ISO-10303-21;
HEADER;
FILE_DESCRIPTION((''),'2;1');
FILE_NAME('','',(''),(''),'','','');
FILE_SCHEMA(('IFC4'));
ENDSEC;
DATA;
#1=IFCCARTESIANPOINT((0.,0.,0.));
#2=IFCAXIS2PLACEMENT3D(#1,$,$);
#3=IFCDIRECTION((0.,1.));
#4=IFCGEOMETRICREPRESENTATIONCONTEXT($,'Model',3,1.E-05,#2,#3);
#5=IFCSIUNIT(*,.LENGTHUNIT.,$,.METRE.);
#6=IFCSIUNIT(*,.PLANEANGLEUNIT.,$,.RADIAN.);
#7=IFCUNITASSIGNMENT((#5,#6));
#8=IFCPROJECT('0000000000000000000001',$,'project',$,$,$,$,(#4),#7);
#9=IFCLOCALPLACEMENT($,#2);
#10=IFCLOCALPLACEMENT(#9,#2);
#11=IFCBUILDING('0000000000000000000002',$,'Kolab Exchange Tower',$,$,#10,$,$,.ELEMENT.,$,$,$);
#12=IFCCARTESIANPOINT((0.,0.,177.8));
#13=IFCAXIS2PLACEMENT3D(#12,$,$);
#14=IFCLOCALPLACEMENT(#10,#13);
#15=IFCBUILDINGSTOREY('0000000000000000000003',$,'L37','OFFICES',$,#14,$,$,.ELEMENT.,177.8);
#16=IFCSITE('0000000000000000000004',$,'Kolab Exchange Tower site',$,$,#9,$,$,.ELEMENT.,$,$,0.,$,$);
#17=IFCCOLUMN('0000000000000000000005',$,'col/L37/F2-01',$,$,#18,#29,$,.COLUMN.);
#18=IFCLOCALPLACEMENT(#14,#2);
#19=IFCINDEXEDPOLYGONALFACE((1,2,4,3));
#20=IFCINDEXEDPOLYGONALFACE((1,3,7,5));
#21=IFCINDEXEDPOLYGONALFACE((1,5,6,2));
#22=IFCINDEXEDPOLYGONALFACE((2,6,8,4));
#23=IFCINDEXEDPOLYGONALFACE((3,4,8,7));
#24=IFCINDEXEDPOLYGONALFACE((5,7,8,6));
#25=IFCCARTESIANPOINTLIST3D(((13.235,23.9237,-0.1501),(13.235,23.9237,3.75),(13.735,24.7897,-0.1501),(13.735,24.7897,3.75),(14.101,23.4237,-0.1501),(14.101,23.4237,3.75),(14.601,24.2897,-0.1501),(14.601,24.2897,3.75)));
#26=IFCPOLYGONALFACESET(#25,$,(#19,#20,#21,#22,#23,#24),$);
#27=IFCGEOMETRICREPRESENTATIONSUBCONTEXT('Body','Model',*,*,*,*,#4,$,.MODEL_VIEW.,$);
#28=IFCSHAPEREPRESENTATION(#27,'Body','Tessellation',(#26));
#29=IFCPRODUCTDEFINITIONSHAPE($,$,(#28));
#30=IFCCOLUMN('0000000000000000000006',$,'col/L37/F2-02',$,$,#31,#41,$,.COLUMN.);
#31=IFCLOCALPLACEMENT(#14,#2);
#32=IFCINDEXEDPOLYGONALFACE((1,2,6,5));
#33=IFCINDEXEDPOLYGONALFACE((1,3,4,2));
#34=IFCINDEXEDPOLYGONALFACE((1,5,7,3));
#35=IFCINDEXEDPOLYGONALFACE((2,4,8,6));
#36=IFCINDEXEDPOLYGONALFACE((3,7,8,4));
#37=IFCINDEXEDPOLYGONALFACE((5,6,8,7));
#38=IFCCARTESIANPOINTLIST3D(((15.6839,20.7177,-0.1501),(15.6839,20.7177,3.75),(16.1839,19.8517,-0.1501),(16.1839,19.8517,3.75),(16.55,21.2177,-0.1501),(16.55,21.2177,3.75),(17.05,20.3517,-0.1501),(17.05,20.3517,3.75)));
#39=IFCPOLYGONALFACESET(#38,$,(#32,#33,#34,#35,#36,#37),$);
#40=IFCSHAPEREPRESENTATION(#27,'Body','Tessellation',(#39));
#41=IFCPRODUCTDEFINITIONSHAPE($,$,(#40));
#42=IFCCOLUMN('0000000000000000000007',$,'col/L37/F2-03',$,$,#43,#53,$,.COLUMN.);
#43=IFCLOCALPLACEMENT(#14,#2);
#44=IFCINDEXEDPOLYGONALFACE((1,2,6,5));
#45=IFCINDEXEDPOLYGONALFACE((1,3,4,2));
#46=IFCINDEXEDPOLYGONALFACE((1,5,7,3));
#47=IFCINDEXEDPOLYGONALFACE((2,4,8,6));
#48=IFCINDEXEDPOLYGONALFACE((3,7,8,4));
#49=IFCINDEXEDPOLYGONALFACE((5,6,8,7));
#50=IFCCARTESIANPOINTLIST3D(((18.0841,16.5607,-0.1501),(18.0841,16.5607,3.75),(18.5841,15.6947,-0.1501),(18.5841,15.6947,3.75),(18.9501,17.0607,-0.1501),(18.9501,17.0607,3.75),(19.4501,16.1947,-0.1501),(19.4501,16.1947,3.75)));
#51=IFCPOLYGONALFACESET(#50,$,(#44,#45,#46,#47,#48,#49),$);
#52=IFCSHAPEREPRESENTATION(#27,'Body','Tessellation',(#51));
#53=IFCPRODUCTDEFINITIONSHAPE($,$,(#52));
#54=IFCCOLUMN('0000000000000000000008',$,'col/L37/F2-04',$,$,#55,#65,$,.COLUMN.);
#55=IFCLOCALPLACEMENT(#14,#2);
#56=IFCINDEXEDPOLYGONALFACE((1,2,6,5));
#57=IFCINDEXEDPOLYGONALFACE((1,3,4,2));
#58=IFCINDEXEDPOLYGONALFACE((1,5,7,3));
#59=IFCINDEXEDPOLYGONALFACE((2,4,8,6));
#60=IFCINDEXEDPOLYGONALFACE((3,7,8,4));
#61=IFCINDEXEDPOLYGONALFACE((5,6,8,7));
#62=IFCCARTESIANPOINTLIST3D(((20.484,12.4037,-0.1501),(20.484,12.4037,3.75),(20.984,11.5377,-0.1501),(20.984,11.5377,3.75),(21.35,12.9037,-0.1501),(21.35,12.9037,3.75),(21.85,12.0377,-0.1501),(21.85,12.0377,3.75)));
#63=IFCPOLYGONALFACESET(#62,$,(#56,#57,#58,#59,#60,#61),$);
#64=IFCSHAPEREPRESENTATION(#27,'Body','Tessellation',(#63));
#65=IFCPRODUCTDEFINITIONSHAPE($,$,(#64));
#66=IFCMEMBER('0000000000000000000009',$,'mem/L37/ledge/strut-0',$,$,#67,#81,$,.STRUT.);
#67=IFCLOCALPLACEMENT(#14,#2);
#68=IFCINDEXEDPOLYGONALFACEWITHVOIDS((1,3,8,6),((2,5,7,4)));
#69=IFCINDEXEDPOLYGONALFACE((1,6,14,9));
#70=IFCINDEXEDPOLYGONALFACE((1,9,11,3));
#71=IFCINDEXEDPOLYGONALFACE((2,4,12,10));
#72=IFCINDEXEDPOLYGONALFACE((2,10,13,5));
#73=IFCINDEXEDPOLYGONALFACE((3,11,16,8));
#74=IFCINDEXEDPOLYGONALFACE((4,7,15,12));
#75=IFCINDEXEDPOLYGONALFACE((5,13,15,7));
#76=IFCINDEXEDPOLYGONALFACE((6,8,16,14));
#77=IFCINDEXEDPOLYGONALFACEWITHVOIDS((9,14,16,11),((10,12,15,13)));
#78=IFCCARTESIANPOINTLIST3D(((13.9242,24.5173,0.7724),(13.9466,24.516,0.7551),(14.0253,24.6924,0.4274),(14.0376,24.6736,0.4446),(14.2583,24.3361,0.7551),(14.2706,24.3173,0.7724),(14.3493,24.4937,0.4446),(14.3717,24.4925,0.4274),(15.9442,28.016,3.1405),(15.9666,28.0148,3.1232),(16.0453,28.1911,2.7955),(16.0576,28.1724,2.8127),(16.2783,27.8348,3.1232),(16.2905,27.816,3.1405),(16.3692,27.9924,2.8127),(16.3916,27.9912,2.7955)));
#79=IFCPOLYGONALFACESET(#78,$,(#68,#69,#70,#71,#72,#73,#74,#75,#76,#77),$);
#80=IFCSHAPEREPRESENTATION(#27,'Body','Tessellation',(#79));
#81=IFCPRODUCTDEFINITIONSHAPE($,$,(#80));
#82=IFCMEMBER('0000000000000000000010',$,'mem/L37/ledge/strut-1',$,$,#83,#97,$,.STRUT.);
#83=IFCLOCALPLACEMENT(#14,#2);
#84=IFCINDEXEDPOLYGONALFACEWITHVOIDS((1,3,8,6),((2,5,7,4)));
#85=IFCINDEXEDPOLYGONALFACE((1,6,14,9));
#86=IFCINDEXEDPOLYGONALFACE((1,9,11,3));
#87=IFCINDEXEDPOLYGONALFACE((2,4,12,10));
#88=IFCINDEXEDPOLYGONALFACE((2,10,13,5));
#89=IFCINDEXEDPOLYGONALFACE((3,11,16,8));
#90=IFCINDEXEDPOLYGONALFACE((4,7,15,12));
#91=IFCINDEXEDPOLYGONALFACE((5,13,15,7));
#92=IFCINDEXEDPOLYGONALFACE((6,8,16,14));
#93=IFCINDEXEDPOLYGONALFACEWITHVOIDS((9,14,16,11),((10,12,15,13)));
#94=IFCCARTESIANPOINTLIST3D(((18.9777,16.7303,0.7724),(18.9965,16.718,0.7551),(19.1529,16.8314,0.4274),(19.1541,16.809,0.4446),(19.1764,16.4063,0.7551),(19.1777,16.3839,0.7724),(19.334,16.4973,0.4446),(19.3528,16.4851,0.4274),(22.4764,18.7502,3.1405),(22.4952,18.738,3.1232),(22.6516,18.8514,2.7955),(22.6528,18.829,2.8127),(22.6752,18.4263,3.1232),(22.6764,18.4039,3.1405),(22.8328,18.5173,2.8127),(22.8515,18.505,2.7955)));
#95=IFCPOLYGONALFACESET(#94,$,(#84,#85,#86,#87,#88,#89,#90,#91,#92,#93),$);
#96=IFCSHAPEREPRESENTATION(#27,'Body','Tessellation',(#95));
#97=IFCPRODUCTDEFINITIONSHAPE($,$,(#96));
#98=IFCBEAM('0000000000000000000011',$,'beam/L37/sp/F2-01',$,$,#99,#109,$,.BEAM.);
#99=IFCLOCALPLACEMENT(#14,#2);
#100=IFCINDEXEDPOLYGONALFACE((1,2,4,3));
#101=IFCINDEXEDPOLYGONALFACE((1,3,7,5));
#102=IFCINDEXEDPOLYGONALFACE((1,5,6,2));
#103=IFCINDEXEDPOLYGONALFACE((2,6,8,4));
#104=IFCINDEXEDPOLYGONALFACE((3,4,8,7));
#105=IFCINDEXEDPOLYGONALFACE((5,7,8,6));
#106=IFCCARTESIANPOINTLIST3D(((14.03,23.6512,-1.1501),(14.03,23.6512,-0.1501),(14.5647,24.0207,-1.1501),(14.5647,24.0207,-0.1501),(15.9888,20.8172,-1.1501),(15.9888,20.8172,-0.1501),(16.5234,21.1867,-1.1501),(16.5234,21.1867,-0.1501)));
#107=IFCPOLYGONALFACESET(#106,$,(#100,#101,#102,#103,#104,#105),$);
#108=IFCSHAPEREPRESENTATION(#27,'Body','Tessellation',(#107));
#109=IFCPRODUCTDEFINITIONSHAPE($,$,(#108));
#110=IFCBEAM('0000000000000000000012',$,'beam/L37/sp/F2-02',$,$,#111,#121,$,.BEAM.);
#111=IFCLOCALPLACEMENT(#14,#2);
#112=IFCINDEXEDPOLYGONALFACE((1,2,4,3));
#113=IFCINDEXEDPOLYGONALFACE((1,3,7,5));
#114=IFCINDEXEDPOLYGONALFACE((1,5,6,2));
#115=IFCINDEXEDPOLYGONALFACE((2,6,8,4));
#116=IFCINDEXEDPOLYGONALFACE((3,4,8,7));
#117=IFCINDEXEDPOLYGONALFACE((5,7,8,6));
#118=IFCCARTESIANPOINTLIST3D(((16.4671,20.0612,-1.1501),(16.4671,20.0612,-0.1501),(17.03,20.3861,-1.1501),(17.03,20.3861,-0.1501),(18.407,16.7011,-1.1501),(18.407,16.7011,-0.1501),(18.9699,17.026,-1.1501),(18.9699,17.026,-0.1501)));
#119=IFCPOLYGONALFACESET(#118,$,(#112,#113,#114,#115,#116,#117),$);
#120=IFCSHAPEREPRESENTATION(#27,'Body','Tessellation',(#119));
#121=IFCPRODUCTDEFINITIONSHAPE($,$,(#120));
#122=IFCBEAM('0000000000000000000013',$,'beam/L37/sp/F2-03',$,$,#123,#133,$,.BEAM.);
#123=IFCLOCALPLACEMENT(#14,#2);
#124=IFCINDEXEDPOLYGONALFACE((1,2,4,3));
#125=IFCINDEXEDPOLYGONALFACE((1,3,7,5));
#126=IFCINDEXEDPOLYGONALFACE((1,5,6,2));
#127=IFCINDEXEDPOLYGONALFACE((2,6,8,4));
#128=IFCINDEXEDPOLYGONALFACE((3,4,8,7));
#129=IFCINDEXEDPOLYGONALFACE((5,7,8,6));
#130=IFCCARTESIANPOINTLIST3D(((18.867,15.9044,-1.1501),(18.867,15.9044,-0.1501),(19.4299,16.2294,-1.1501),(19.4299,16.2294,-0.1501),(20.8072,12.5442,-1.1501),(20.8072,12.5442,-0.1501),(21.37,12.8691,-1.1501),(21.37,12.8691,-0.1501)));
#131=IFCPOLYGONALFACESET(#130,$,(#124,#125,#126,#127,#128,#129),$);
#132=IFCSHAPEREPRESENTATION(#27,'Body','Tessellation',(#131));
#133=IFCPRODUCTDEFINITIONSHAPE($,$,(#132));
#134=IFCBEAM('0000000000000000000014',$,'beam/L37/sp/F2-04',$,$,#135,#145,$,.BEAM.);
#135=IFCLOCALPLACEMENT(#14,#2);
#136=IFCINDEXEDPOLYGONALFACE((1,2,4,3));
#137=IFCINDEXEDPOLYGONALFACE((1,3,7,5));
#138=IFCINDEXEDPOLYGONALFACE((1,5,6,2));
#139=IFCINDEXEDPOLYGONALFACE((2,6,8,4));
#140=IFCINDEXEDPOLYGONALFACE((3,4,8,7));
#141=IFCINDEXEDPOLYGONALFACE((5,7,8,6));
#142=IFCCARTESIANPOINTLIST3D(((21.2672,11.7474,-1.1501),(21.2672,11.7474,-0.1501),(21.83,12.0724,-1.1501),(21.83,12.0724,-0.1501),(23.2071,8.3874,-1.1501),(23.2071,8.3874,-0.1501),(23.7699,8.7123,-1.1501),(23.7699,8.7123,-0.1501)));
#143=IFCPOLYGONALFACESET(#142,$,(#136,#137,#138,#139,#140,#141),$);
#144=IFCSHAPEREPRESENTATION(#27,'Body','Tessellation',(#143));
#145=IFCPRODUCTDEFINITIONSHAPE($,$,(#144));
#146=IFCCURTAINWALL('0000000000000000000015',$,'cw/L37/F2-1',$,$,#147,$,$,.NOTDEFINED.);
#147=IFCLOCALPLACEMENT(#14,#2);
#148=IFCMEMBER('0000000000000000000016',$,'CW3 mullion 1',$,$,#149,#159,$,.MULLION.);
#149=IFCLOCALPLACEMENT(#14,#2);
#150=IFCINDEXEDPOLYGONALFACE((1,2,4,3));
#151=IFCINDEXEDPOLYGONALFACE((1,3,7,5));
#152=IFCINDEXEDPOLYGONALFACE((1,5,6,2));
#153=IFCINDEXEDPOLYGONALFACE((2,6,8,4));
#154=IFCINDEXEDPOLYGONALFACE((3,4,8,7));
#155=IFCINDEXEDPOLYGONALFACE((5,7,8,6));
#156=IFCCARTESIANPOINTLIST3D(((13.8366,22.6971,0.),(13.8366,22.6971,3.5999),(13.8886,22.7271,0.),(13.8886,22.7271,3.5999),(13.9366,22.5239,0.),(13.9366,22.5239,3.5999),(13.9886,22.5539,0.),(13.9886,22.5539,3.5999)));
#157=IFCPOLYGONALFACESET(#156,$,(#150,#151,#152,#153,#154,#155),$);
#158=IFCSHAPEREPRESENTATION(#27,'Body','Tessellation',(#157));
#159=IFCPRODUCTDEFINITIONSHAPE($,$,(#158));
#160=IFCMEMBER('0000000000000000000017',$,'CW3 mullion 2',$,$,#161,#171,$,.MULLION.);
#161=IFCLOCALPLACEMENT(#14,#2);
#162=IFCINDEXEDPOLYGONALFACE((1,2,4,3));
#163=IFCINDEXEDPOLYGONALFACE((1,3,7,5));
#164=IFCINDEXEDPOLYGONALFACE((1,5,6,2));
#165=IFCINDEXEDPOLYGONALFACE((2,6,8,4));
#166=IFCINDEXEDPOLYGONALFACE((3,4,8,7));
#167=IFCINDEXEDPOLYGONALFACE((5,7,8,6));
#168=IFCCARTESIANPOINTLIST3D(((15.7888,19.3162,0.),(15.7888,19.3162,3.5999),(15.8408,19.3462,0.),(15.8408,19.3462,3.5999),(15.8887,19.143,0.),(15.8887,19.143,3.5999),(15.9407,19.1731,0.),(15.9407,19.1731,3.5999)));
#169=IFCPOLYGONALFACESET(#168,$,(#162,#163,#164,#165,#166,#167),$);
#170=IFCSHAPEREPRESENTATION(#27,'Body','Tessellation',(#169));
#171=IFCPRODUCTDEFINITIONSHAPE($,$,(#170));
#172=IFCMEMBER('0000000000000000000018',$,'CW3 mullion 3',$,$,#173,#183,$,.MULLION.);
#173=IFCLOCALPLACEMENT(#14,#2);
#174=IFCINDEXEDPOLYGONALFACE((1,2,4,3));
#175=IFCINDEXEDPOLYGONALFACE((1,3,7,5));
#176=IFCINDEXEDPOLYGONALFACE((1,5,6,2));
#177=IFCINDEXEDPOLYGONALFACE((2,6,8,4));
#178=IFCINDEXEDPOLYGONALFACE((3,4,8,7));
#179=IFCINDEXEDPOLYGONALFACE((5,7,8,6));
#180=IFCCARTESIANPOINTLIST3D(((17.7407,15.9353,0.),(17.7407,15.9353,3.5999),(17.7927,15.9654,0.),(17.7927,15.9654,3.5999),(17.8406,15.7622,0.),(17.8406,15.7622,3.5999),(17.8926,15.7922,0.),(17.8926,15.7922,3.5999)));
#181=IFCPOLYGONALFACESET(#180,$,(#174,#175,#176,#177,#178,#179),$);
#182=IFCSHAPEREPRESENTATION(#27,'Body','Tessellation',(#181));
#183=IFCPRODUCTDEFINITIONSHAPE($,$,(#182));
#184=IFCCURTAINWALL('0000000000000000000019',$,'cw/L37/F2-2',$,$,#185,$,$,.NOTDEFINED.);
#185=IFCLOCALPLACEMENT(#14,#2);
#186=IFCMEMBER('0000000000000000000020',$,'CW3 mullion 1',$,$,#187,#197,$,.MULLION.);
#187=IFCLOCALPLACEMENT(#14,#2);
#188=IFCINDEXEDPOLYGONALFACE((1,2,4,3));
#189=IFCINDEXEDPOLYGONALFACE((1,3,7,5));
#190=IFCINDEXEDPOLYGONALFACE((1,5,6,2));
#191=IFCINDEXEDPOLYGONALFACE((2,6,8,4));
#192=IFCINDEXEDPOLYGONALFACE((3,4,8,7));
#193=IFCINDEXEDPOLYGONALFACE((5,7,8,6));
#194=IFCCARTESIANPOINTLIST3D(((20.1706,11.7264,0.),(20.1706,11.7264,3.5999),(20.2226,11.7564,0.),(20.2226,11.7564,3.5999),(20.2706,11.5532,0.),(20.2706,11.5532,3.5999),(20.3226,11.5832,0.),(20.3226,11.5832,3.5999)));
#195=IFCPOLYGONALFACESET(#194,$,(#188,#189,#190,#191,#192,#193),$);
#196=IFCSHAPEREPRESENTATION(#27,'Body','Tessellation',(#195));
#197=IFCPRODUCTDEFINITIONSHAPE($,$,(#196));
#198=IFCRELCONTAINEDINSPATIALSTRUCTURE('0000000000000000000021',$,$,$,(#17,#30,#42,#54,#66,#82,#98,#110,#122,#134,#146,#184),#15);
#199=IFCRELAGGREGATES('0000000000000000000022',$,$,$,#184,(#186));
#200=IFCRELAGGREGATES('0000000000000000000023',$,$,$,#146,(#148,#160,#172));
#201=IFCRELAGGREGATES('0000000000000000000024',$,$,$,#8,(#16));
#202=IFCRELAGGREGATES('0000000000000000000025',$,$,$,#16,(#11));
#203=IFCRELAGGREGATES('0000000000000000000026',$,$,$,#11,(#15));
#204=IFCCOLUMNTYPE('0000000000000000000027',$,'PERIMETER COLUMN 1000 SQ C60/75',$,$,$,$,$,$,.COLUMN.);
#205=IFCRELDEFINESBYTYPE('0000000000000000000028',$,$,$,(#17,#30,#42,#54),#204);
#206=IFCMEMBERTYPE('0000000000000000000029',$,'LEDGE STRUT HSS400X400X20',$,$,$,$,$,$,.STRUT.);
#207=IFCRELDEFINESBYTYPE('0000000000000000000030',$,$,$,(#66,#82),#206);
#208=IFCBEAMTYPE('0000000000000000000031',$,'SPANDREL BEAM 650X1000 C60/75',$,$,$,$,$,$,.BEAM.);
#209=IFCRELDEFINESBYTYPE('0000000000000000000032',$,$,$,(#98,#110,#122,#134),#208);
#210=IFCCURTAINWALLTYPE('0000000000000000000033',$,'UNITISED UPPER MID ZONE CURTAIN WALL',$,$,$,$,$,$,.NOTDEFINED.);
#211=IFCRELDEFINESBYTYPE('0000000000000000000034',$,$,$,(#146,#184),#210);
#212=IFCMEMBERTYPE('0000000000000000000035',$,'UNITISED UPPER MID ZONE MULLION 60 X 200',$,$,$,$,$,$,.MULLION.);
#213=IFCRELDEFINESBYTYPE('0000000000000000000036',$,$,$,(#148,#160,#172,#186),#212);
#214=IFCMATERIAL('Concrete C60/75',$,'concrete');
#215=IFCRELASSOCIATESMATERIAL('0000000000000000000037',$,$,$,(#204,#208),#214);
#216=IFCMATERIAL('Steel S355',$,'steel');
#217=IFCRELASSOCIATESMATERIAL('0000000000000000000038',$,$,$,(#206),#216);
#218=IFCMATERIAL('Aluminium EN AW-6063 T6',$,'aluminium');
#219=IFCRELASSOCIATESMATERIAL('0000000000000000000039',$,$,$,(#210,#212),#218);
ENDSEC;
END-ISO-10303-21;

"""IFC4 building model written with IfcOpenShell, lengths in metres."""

from ifc_helpers import new_model, si_unit, direction, frame, origin, origin_2d, place, context, subcontext, project, spatial, rectangle, hollow_rectangle, extrude, material, material_profile, profile_set, type_object, element, aggregate, save


model = new_model("IFC4")

# Units and contexts
model_context = context("Model", 3, precision=1e-05, world=origin(), true_north=direction((0.0, 1.0)))
body_context = subcontext(model_context, "Body", "Model", "MODEL_VIEW")
ifc_project = project(units=[si_unit("LENGTHUNIT", "METRE"), si_unit("PLANEANGLEUNIT", "RADIAN")], contexts=[model_context])

# Site, building, storey
site_placement = place(None, origin())
site = spatial("IfcSite", under=ifc_project, at=site_placement, Name="Kolab Exchange Tower site", CompositionType="ELEMENT", RefElevation=0.0)
building_placement = place(site_placement, origin())
building = spatial("IfcBuilding", under=site, at=building_placement, Name="Kolab Exchange Tower", CompositionType="ELEMENT")
storey_placement = place(building_placement, frame((0.0, 0.0, 177.8)))
storey = spatial("IfcBuildingStorey", under=building, at=storey_placement, Name="L37", Description="OFFICES", CompositionType="ELEMENT", Elevation=177.8)

# Columns
ifc_material_1 = material(Name="Concrete C60/75", Category="concrete")
ifc_material_profile_1 = material_profile(ifc_material_1, rectangle(XDim=1.0, YDim=1.0, at=origin_2d()), Name="RC1000")
ifc_profile_set_1 = profile_set([ifc_material_profile_1], Name="Concrete C60/75")
column_type = type_object("IfcColumnType", Name="PERIMETER COLUMN 1000 SQ C60/75", PredefinedType="COLUMN", material=ifc_profile_set_1)
for number, where, z_axis, x_axis, name in (
    (1, (13.918, 24.1067, -0.1501), (0.0, 0.0, 1.0), (0.5, 0.866025, 0.0), "col/L37/F2-01"),
    (2, (16.3669, 20.5347, -0.1501), (0.0, 0.0, 1.0), (0.866025, 0.5, 0.0), "col/L37/F2-02"),
    (3, (18.7671, 16.3777, -0.1501), (0.0, 0.0, 1.0), (0.866025, 0.5, 0.0), "col/L37/F2-03"),
    (4, (21.167, 12.2207, -0.1501), (0.0, 0.0, 1.0), (0.866025, 0.5, 0.0), "col/L37/F2-04"),
):
    element("IfcColumn", number, at=place(storey_placement, frame(where, z_axis=z_axis, x_axis=x_axis)), inside=storey, type_object=column_type, Name=name, PredefinedType="COLUMN", context=body_context, shape_type="SweptSolid", body=[
        extrude(rectangle(XDim=1.0, YDim=1.0, at=origin_2d()), origin(), (0.0, 0.0, 1.0), 3.9001),
    ])

# Members
ifc_material_2 = material(Name="Steel S355", Category="steel")
ifc_material_profile_2 = material_profile(ifc_material_2, hollow_rectangle(XDim=0.3999, YDim=0.3999, WallThickness=0.02, at=origin_2d()), Name="HSS400X400X20")
ifc_profile_set_2 = profile_set([ifc_material_profile_2], Name="Steel S355")
member_type_1 = type_object("IfcMemberType", Name="LEDGE STRUT HSS400X400X20", PredefinedType="STRUT", material=ifc_profile_set_2)
for number, where, z_axis, x_axis, name in (
    (5, (14.1479, 24.5049, 0.5999), (0.431355, 0.747129, 0.505698), (-0.866026, 0.5, 0.0), "mem/L37/ledge/strut-0"),
    (6, (19.1653, 16.6077, 0.5999), (0.747129, 0.431355, 0.505698), (-0.5, 0.866026, 0.0), "mem/L37/ledge/strut-1"),
):
    element("IfcMember", number, at=place(storey_placement, frame(where, z_axis=z_axis, x_axis=x_axis)), inside=storey, type_object=member_type_1, Name=name, PredefinedType="STRUT", context=body_context, shape_type="SweptSolid", body=[
        extrude(hollow_rectangle(XDim=0.3999, YDim=0.3999, WallThickness=0.02, at=origin_2d()), origin(), (0.0, 0.0, 1.0), 4.6829),
    ])

# Beams
ifc_material_profile_3 = material_profile(ifc_material_1, rectangle(XDim=0.6499, YDim=1.0, at=origin_2d()), Name="RC650X1000")
ifc_profile_set_3 = profile_set([ifc_material_profile_3], Name="Concrete C60/75")
beam_type = type_object("IfcBeamType", Name="SPANDREL BEAM 650X1000 C60/75", PredefinedType="BEAM", material=ifc_profile_set_3)
beam_1_placement = place(storey_placement, frame((14.2974, 23.8359, -0.6501), z_axis=(0.568572, -0.822633, 0.0), x_axis=(0.822633, 0.568572, 0.0)))
element("IfcBeam", 7, at=beam_1_placement, inside=storey, type_object=beam_type, Name="beam/L37/sp/F2-01", PredefinedType="BEAM", context=body_context, shape_type="SweptSolid", body=[
    extrude(rectangle(XDim=0.6499, YDim=1.0, at=origin_2d()), origin(), (0.0, 0.0, 1.0), 3.4451),
])
beam_2_placement = place(storey_placement, frame((16.7485, 20.2236, -0.6501), z_axis=(0.499997, -0.866027, 0.0), x_axis=(0.866027, 0.499997, 0.0)))
element("IfcBeam", 8, at=beam_2_placement, inside=storey, type_object=beam_type, Name="beam/L37/sp/F2-02", PredefinedType="BEAM", context=body_context, shape_type="SweptSolid", body=[
    extrude(rectangle(XDim=0.6499, YDim=1.0, at=origin_2d()), origin(), (0.0, 0.0, 1.0), 3.8799),
])
beam_3_placement = place(storey_placement, frame((19.1484, 16.0669, -0.6501), z_axis=(0.500017, -0.866016, 0.0), x_axis=(0.866016, 0.500017, 0.0)))
element("IfcBeam", 9, at=beam_3_placement, inside=storey, type_object=beam_type, Name="beam/L37/sp/F2-03", PredefinedType="BEAM", context=body_context, shape_type="SweptSolid", body=[
    extrude(rectangle(XDim=0.6499, YDim=1.0, at=origin_2d()), origin(), (0.0, 0.0, 1.0), 3.8801),
])
beam_4_placement = place(storey_placement, frame((21.5486, 11.9099, -0.6501), z_axis=(0.499997, -0.866027, 0.0), x_axis=(0.866027, 0.499997, 0.0)))
element("IfcBeam", 10, at=beam_4_placement, inside=storey, type_object=beam_type, Name="beam/L37/sp/F2-04", PredefinedType="BEAM", context=body_context, shape_type="SweptSolid", body=[
    extrude(rectangle(XDim=0.6499, YDim=1.0, at=origin_2d()), origin(), (0.0, 0.0, 1.0), 3.8799),
])

# Curtain wall, members
ifc_material_3 = material(Name="Aluminium EN AW-6063 T6", Category="aluminium")
curtain_wall_type = type_object("IfcCurtainWallType", Name="UNITISED UPPER MID ZONE CURTAIN WALL", PredefinedType="NOTDEFINED", material=ifc_material_3)
curtain_wall_1_placement = place(storey_placement, origin())
curtain_wall_1 = element("IfcCurtainWall", 11, at=curtain_wall_1_placement, inside=storey, type_object=curtain_wall_type, Name="cw/L37/F2-1", PredefinedType="NOTDEFINED")
ifc_material_profile_4 = material_profile(ifc_material_3, rectangle(XDim=0.0601, YDim=0.2, at=origin_2d()), Name="RECT 60X200")
ifc_profile_set_4 = profile_set([ifc_material_profile_4], Name="Aluminium EN AW-6063 T6")
member_type_2 = type_object("IfcMemberType", Name="UNITISED UPPER MID ZONE MULLION 60 X 200", PredefinedType="MULLION", material=ifc_profile_set_4)
member_1_placement = place(storey_placement, frame((13.9126, 22.6255, 0.0), z_axis=(0.0, 0.0, 1.0), x_axis=(0.866025, 0.5, 0.0)))
member_1 = element("IfcMember", 12, at=member_1_placement, type_object=member_type_2, Name="CW3 mullion 1", PredefinedType="MULLION", context=body_context, shape_type="SweptSolid", body=[
    extrude(rectangle(XDim=0.0601, YDim=0.2, at=origin_2d()), origin(), (0.0, 0.0, 1.0), 3.5999),
])
member_2_placement = place(storey_placement, frame((15.8647, 19.2446, 0.0), z_axis=(0.0, 0.0, 1.0), x_axis=(0.866025, 0.5, 0.0)))
member_2 = element("IfcMember", 13, at=member_2_placement, type_object=member_type_2, Name="CW3 mullion 2", PredefinedType="MULLION", context=body_context, shape_type="SweptSolid", body=[
    extrude(rectangle(XDim=0.0601, YDim=0.2, at=origin_2d()), origin(), (0.0, 0.0, 1.0), 3.5999),
])
member_3_placement = place(storey_placement, frame((17.8167, 15.8638, 0.0), z_axis=(0.0, 0.0, 1.0), x_axis=(0.866025, 0.5, 0.0)))
member_3 = element("IfcMember", 14, at=member_3_placement, type_object=member_type_2, Name="CW3 mullion 3", PredefinedType="MULLION", context=body_context, shape_type="SweptSolid", body=[
    extrude(rectangle(XDim=0.0601, YDim=0.2, at=origin_2d()), origin(), (0.0, 0.0, 1.0), 3.5999),
])

# Curtain wall, member
curtain_wall_2_placement = place(storey_placement, origin())
curtain_wall_2 = element("IfcCurtainWall", 15, at=curtain_wall_2_placement, inside=storey, type_object=curtain_wall_type, Name="cw/L37/F2-2", PredefinedType="NOTDEFINED")
member_4_placement = place(storey_placement, frame((20.2466, 11.6548, 0.0), z_axis=(0.0, 0.0, 1.0), x_axis=(0.866025, 0.5, 0.0)))
member_4 = element("IfcMember", 16, at=member_4_placement, type_object=member_type_2, Name="CW3 mullion 1", PredefinedType="MULLION", context=body_context, shape_type="SweptSolid", body=[
    extrude(rectangle(XDim=0.0601, YDim=0.2, at=origin_2d()), origin(), (0.0, 0.0, 1.0), 3.5999),
])

aggregate(curtain_wall_2, [member_4])

aggregate(curtain_wall_1, [member_1, member_2, member_3])

save(model, "model.ifc")
